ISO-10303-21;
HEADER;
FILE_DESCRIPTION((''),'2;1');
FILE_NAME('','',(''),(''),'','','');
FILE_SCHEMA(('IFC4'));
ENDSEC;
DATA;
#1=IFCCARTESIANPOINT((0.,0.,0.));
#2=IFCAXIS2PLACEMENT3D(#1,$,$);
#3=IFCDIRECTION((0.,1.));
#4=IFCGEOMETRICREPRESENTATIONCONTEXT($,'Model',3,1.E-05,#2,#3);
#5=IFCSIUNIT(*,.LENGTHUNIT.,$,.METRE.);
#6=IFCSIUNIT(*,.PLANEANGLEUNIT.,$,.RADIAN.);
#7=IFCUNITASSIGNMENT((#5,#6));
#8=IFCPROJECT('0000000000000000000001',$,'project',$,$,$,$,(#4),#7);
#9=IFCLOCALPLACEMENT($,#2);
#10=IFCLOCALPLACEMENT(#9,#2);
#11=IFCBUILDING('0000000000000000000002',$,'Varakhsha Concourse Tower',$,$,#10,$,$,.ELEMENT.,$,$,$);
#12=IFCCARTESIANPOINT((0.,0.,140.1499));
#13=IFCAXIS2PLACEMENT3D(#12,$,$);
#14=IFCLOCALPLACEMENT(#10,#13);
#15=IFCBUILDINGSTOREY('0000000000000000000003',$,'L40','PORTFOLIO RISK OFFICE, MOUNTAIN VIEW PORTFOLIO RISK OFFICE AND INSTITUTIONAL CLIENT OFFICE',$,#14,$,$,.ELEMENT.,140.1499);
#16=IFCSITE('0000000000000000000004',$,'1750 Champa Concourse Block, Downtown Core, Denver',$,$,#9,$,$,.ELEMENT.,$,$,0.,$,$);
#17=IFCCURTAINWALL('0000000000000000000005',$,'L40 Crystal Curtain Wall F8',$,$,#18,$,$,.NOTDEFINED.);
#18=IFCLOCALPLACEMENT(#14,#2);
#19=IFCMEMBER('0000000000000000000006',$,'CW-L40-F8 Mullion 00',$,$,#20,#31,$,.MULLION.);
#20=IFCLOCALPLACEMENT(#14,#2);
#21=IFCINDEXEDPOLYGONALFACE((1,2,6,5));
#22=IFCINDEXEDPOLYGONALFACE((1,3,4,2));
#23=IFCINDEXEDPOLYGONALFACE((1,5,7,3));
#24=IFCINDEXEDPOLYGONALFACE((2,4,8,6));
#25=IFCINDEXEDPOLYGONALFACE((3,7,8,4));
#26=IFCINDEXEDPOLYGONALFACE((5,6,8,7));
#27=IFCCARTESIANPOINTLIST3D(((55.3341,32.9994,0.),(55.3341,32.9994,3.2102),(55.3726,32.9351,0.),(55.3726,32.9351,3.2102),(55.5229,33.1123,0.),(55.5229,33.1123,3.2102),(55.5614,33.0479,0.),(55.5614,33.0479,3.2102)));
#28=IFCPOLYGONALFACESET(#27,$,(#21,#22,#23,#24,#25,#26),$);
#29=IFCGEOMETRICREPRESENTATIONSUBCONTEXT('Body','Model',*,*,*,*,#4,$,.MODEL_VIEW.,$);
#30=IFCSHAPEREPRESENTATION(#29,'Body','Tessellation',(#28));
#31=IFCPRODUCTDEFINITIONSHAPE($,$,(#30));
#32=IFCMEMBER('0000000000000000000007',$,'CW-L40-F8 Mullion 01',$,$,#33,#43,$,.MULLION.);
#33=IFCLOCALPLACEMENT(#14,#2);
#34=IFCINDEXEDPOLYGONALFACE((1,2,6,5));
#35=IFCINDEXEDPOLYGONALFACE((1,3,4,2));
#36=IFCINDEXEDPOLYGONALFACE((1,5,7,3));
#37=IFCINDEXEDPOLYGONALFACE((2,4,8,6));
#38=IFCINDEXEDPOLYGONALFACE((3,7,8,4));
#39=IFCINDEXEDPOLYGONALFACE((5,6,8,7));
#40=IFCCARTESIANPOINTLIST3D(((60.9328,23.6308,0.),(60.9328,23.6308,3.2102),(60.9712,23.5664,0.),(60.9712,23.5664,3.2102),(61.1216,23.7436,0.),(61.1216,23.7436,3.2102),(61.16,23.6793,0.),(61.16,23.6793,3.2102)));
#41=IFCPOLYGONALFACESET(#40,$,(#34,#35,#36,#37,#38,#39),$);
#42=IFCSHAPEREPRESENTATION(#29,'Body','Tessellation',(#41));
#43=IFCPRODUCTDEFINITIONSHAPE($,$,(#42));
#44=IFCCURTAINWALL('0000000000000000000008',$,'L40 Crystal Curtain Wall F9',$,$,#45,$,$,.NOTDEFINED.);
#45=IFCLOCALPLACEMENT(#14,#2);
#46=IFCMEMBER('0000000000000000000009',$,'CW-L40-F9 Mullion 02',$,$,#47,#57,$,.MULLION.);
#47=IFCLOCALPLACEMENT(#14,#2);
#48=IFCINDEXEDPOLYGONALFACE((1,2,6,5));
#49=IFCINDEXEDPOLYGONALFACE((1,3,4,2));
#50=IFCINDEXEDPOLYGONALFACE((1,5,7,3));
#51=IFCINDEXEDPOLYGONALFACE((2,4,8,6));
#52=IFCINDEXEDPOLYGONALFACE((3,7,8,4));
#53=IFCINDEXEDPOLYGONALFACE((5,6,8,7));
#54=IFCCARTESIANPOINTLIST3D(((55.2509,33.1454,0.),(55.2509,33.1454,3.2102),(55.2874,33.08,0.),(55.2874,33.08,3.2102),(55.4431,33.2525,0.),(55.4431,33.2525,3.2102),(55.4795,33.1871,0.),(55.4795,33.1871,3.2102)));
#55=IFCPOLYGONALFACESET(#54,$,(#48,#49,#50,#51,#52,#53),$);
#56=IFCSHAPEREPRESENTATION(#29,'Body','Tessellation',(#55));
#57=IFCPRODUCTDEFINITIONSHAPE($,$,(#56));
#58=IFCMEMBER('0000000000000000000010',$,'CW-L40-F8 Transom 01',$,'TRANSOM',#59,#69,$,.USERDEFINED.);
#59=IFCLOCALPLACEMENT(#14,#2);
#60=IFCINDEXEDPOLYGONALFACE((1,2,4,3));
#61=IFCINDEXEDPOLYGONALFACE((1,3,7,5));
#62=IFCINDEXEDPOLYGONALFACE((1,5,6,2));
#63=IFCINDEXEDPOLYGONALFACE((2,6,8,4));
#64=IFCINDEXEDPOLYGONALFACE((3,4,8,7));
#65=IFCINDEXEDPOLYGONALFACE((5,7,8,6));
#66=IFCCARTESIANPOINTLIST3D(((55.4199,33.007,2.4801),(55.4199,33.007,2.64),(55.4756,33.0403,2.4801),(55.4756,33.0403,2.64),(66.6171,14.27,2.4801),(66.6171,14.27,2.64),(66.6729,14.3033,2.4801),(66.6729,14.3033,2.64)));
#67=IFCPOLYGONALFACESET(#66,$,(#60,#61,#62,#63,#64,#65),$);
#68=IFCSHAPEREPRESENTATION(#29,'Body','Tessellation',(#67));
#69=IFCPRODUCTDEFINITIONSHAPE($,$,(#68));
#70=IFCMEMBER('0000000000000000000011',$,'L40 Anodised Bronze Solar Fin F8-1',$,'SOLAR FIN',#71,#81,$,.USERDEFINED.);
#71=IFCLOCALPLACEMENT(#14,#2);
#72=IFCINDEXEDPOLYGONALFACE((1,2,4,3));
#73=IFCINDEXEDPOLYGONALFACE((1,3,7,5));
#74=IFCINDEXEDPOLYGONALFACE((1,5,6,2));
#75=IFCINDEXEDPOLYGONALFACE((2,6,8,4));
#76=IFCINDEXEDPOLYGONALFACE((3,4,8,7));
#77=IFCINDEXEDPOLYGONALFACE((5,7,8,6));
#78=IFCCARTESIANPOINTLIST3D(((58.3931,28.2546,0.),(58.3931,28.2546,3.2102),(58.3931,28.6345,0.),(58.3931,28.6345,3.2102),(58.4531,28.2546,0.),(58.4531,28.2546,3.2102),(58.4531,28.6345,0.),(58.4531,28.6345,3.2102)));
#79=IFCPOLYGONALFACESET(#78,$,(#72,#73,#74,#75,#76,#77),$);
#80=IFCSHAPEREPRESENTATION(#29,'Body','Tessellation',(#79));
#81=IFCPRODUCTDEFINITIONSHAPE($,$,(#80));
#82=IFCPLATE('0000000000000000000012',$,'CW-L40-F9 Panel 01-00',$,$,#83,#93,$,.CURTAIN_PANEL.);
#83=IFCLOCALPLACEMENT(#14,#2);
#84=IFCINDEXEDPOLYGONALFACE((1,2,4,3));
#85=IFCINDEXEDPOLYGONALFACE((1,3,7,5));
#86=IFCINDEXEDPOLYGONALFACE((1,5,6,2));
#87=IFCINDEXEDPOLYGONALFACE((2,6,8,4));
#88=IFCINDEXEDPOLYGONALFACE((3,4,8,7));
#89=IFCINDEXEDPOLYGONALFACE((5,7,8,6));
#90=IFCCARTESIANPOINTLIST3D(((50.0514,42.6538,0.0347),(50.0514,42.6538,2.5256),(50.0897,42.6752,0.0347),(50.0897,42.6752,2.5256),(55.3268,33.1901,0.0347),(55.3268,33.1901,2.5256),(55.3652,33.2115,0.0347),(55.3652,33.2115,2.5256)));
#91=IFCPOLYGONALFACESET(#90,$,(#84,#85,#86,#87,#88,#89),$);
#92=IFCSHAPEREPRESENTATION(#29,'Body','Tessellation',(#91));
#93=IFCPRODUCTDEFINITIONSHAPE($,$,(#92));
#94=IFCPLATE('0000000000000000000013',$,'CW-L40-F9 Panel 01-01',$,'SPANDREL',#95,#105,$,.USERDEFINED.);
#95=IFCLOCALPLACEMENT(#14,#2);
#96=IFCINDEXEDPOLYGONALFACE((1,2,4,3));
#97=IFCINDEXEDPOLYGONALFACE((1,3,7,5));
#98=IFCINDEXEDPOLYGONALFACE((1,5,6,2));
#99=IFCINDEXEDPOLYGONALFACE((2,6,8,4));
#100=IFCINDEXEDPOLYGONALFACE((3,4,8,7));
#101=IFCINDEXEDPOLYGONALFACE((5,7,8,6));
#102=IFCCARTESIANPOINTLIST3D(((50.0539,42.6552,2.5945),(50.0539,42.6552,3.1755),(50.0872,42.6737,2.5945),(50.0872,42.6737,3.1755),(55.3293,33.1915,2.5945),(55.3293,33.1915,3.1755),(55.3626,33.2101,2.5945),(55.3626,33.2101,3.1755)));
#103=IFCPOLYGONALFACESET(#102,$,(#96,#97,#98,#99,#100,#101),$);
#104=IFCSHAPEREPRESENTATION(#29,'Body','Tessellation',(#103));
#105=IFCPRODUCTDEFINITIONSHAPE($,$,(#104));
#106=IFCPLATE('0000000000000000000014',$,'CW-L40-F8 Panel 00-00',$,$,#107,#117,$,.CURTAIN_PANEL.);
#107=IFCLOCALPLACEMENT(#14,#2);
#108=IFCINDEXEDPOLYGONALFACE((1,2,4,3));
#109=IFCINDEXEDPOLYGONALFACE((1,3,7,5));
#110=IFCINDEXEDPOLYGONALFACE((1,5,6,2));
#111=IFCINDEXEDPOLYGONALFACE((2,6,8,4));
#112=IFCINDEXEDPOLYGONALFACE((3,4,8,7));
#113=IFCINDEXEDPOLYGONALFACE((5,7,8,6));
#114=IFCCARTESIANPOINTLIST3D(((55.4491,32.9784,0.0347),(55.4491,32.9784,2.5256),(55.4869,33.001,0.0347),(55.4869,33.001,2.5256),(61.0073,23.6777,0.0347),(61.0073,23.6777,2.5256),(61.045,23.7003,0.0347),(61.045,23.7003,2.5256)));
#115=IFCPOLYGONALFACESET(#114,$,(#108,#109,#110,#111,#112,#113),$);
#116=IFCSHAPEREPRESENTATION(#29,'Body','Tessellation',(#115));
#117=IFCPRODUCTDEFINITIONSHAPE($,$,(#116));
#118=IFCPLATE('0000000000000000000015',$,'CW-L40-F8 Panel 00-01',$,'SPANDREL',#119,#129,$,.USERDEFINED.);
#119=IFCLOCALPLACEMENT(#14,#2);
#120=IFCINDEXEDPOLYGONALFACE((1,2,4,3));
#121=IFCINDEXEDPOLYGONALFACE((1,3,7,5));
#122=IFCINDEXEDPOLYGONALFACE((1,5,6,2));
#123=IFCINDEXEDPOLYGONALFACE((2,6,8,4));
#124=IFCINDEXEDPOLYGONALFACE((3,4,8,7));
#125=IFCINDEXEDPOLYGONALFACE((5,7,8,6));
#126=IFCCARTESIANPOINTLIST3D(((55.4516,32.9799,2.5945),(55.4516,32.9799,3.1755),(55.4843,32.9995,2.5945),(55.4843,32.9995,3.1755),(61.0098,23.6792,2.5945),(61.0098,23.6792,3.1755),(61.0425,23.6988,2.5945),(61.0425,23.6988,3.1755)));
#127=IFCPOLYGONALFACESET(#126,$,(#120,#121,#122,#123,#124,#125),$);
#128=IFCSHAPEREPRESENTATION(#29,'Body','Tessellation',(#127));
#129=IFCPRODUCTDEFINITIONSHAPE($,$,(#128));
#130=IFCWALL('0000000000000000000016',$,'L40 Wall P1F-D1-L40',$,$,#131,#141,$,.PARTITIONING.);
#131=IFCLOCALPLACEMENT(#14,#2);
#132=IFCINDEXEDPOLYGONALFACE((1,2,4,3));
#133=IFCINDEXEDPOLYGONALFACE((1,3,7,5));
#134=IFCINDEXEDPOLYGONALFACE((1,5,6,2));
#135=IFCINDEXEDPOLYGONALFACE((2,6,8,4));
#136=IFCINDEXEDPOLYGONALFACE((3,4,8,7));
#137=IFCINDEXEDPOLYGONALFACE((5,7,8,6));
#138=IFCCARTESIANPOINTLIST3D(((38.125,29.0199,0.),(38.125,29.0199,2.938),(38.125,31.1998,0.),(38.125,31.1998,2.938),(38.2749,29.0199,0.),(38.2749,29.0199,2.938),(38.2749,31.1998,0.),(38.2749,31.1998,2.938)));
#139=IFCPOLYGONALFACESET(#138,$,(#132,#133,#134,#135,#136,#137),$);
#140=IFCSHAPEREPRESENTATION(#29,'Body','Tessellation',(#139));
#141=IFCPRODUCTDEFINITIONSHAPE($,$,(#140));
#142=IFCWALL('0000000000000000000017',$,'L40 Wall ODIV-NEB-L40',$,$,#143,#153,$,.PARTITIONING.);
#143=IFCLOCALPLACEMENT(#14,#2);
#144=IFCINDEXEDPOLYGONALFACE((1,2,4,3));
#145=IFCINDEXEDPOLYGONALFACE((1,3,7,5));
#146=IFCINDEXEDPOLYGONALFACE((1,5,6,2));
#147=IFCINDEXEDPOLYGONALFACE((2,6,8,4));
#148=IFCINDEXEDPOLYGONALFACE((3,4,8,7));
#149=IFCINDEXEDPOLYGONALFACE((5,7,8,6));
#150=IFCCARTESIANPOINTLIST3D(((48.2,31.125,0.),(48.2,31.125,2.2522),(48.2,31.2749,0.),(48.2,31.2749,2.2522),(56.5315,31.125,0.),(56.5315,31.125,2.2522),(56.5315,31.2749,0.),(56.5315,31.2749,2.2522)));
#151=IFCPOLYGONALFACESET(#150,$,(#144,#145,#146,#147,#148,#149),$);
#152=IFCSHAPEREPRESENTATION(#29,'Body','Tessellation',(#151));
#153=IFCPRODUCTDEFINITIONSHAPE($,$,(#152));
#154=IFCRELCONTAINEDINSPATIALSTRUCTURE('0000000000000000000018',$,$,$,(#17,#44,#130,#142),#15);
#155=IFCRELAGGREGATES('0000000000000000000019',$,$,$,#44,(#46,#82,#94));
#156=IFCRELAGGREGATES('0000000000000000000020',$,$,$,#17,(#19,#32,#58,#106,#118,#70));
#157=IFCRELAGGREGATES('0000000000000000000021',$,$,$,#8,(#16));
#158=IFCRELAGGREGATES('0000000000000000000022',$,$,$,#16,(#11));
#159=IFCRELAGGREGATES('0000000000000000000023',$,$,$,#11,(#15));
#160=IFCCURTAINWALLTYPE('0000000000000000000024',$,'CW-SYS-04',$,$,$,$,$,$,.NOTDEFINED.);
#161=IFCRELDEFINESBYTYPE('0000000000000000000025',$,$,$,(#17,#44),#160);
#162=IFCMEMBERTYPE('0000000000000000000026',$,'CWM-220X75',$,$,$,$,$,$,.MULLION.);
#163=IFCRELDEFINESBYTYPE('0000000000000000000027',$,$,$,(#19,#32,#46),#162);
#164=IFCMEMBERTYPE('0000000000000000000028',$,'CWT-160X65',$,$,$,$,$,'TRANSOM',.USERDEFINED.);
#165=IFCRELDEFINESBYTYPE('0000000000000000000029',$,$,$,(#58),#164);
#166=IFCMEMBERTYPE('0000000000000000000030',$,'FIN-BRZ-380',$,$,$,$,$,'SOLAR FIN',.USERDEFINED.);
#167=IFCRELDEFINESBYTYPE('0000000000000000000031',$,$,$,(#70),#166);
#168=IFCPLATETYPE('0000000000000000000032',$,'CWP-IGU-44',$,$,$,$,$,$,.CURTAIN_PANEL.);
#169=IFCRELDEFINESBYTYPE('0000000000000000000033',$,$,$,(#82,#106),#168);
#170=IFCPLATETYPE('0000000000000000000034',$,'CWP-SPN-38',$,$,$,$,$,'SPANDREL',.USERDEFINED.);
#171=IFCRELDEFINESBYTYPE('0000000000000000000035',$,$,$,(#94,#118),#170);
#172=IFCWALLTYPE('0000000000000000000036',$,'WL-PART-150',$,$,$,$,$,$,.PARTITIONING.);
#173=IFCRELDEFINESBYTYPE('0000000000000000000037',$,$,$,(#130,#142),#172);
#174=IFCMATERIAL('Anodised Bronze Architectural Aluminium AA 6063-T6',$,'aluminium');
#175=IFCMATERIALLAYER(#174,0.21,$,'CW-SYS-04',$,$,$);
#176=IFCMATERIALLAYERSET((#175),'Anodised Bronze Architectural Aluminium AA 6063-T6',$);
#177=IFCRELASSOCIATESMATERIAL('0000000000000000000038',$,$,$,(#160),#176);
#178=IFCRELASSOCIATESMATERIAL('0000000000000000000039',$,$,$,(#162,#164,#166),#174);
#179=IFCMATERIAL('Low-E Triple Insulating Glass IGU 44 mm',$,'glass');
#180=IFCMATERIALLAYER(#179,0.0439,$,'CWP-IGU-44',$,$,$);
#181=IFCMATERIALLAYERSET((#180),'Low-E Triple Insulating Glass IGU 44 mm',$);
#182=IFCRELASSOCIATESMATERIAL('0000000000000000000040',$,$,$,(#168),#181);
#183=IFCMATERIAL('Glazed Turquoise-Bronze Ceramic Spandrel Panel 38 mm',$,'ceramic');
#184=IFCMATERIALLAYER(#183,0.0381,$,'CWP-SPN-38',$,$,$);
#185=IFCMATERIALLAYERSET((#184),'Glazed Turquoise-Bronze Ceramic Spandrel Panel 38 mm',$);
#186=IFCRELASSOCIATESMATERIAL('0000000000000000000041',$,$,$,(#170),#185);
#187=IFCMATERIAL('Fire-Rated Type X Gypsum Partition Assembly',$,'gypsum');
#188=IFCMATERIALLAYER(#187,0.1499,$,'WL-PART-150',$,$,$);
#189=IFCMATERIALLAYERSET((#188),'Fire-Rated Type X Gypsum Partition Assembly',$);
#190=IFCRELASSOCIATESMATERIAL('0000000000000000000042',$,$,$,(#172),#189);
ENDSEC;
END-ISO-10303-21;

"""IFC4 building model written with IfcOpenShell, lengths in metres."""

from ifc_helpers import new_model, si_unit, direction, frame, frame_2d, origin, origin_2d, place, context, subcontext, project, spatial, rectangle, extrude, source, transform, mapped, material, layer, layer_set, material_profile, profile_set, type_object, type_shapes, element, aggregate, save


model = new_model("IFC4")

# Units and contexts
model_context = context("Model", 3, precision=1e-05, world=origin(), true_north=direction((0.0, 1.0)))
body_context = subcontext(model_context, "Body", "Model", "MODEL_VIEW")
ifc_project = project(units=[si_unit("LENGTHUNIT", "METRE"), si_unit("PLANEANGLEUNIT", "RADIAN")], contexts=[model_context])

# Site, building, storey
site_placement = place(None, origin())
site = spatial("IfcSite", under=ifc_project, at=site_placement, Name="1750 Champa Concourse Block, Downtown Core, Denver", CompositionType="ELEMENT", RefElevation=0.0)
building_placement = place(site_placement, origin())
building = spatial("IfcBuilding", under=site, at=building_placement, Name="Varakhsha Concourse Tower", CompositionType="ELEMENT")
storey_placement = place(building_placement, frame((0.0, 0.0, 140.1499)))
storey = spatial("IfcBuildingStorey", under=building, at=storey_placement, Name="L40", Description="PORTFOLIO RISK OFFICE, MOUNTAIN VIEW PORTFOLIO RISK OFFICE AND INSTITUTIONAL CLIENT OFFICE", CompositionType="ELEMENT", Elevation=140.1499)

# Curtain wall, members
ifc_material_1 = material(Name="Anodised Bronze Architectural Aluminium AA 6063-T6", Category="aluminium")
ifc_layer_1 = layer(ifc_material_1, 0.21, Name="CW-SYS-04")
ifc_layer_set_1 = layer_set([ifc_layer_1], Name="Anodised Bronze Architectural Aluminium AA 6063-T6")
curtain_wall_type = type_object("IfcCurtainWallType", Name="CW-SYS-04", PredefinedType="NOTDEFINED", material=ifc_layer_set_1)
curtain_wall_1_placement = place(storey_placement, origin())
curtain_wall_1 = element("IfcCurtainWall", 1, at=curtain_wall_1_placement, inside=storey, type_object=curtain_wall_type, Name="L40 Crystal Curtain Wall F8", PredefinedType="NOTDEFINED")
ifc_material_profile_1 = material_profile(ifc_material_1, rectangle(XDim=0.075, YDim=0.22, at=origin_2d()), Name="CWM-220X75")
ifc_profile_set_1 = profile_set([ifc_material_profile_1], Name="Anodised Bronze Architectural Aluminium AA 6063-T6")
member_type_1 = type_object("IfcMemberType", Name="CWM-220X75", PredefinedType="MULLION", material=ifc_profile_set_1)
shared_shape_1 = source(origin(), body_context, "Body", "SweptSolid", [
    extrude(rectangle(XDim=0.075, YDim=0.22, at=origin_2d()), origin(), (0.0, 0.0, 1.0), 3.2102),
])
type_shapes(member_type_1, [shared_shape_1])
member_1_placement = place(storey_placement, frame((55.4478, 33.0237, 0.0), z_axis=(0.0, 0.0, 1.0), x_axis=(0.512984, -0.858398, 0.0)))
member_1 = element("IfcMember", 2, at=member_1_placement, type_object=member_type_1, Name="CW-L40-F8 Mullion 00", PredefinedType="MULLION", context=body_context, shape_type="MappedRepresentation", body=[
    mapped(shared_shape_1, transform((0.0, 0.0, 0.0), scale=1.0)),
])
member_2_placement = place(storey_placement, frame((61.0464, 23.655, 0.0), z_axis=(0.0, 0.0, 1.0), x_axis=(0.512984, -0.858398, 0.0)))
member_2 = element("IfcMember", 3, at=member_2_placement, type_object=member_type_1, Name="CW-L40-F8 Mullion 01", PredefinedType="MULLION", context=body_context, shape_type="MappedRepresentation", body=[
    mapped(shared_shape_1, transform((0.0, 0.0, 0.0), scale=1.0)),
])

# Curtain wall, member
curtain_wall_2_placement = place(storey_placement, origin())
curtain_wall_2 = element("IfcCurtainWall", 4, at=curtain_wall_2_placement, inside=storey, type_object=curtain_wall_type, Name="L40 Crystal Curtain Wall F9", PredefinedType="NOTDEFINED")
member_3_placement = place(storey_placement, frame((55.3652, 33.1663, 0.0), z_axis=(0.0, 0.0, 1.0), x_axis=(0.4869, -0.873458, 0.0)))
member_3 = element("IfcMember", 5, at=member_3_placement, type_object=member_type_1, Name="CW-L40-F9 Mullion 02", PredefinedType="MULLION", context=body_context, shape_type="MappedRepresentation", body=[
    mapped(shared_shape_1, transform((0.0, 0.0, 0.0), scale=1.0)),
])

# Members
ifc_material_profile_2 = material_profile(ifc_material_1, rectangle(XDim=0.0649, YDim=0.1599, at=origin_2d()), Name="CWT-160X65")
ifc_profile_set_2 = profile_set([ifc_material_profile_2], Name="Anodised Bronze Architectural Aluminium AA 6063-T6")
member_type_2 = type_object("IfcMemberType", Name="CWT-160X65", ElementType="TRANSOM", PredefinedType="USERDEFINED", material=ifc_profile_set_2)
shared_shape_2 = source(origin(), body_context, "Body", "SweptSolid", [
    extrude(rectangle(XDim=0.0649, YDim=0.1599, at=origin_2d()), origin(), (0.0, 0.0, 1.0), 21.8279),
])
type_shapes(member_type_2, [shared_shape_2])
member_4_placement = place(storey_placement, frame((55.4478, 33.0237, 2.5601), z_axis=(0.51298, -0.858401, 0.0), x_axis=(0.858401, 0.51298, 0.0)))
member_4 = element("IfcMember", 6, at=member_4_placement, type_object=member_type_2, Name="CW-L40-F8 Transom 01", ObjectType="TRANSOM", PredefinedType="USERDEFINED", context=body_context, shape_type="MappedRepresentation", body=[
    mapped(shared_shape_2, transform((0.0, 0.0, 0.0), scale=1.0)),
])
ifc_material_profile_3 = material_profile(ifc_material_1, rectangle(XDim=0.0601, YDim=0.3799, at=origin_2d()), Name="FIN-BRZ-380")
ifc_profile_set_3 = profile_set([ifc_material_profile_3], Name="Anodised Bronze Architectural Aluminium AA 6063-T6")
member_type_3 = type_object("IfcMemberType", Name="FIN-BRZ-380", ElementType="SOLAR FIN", PredefinedType="USERDEFINED", material=ifc_profile_set_3)
shared_shape_3 = source(origin(), body_context, "Body", "SweptSolid", [
    extrude(rectangle(XDim=0.0601, YDim=0.3799, at=origin_2d()), origin(), (0.0, 0.0, 1.0), 3.2102),
])
type_shapes(member_type_3, [shared_shape_3])
member_5_placement = place(storey_placement, frame((58.4231, 28.4446, 0.0), z_axis=(0.0, 0.0, 1.0), x_axis=(1.0, 0.0, 0.0)))
member_5 = element("IfcMember", 7, at=member_5_placement, type_object=member_type_3, Name="L40 Anodised Bronze Solar Fin F8-1", ObjectType="SOLAR FIN", PredefinedType="USERDEFINED", context=body_context, shape_type="MappedRepresentation", body=[
    mapped(shared_shape_3, transform((0.0, 0.0, 0.0), scale=1.0)),
])

# Plates
ifc_material_2 = material(Name="Low-E Triple Insulating Glass IGU 44 mm", Category="glass")
ifc_layer_2 = layer(ifc_material_2, 0.0439, Name="CWP-IGU-44")
ifc_layer_set_2 = layer_set([ifc_layer_2], Name="Low-E Triple Insulating Glass IGU 44 mm")
plate_type_1 = type_object("IfcPlateType", Name="CWP-IGU-44", PredefinedType="CURTAIN_PANEL", material=ifc_layer_set_2)
shared_shape_4 = source(origin(), body_context, "Body", "SweptSolid", [
    extrude(rectangle(XDim=10.8347, YDim=0.0439, at=origin_2d()), origin(), (0.0, 0.0, 1.0), 2.491),
])
plate_1_placement = place(storey_placement, frame((52.7083, 37.9326, 0.0347), z_axis=(0.0, 0.0, 1.0), x_axis=(0.4869, -0.873458, 0.0)))
plate_1 = element("IfcPlate", 8, at=plate_1_placement, type_object=plate_type_1, Name="CW-L40-F9 Panel 01-00", PredefinedType="CURTAIN_PANEL", context=body_context, shape_type="MappedRepresentation", body=[
    mapped(shared_shape_4, transform((0.0, 0.0, 0.0), scale=1.0)),
])
ifc_material_3 = material(Name="Glazed Turquoise-Bronze Ceramic Spandrel Panel 38 mm", Category="ceramic")
ifc_layer_3 = layer(ifc_material_3, 0.0381, Name="CWP-SPN-38")
ifc_layer_set_3 = layer_set([ifc_layer_3], Name="Glazed Turquoise-Bronze Ceramic Spandrel Panel 38 mm")
plate_type_2 = type_object("IfcPlateType", Name="CWP-SPN-38", ElementType="SPANDREL", PredefinedType="USERDEFINED", material=ifc_layer_set_3)
shared_shape_5 = source(origin(), body_context, "Body", "SweptSolid", [
    extrude(rectangle(XDim=10.8347, YDim=0.0381, at=origin_2d()), origin(), (0.0, 0.0, 1.0), 0.5811),
])
plate_2_placement = place(storey_placement, frame((52.7083, 37.9326, 2.5945), z_axis=(0.0, 0.0, 1.0), x_axis=(0.4869, -0.873458, 0.0)))
plate_2 = element("IfcPlate", 9, at=plate_2_placement, type_object=plate_type_2, Name="CW-L40-F9 Panel 01-01", ObjectType="SPANDREL", PredefinedType="USERDEFINED", context=body_context, shape_type="MappedRepresentation", body=[
    mapped(shared_shape_5, transform((0.0, 0.0, 0.0), scale=1.0)),
])
aggregate(curtain_wall_2, [member_3, plate_1, plate_2])
shared_shape_6 = source(origin(), body_context, "Body", "SweptSolid", [
    extrude(rectangle(XDim=10.835, YDim=0.0439, at=origin_2d()), origin(), (0.0, 0.0, 1.0), 2.491),
])
type_shapes(plate_type_1, [shared_shape_4, shared_shape_6])
plate_3_placement = place(storey_placement, frame((58.2471, 28.3394, 0.0347), z_axis=(0.0, 0.0, 1.0), x_axis=(0.512984, -0.858398, 0.0)))
plate_3 = element("IfcPlate", 10, at=plate_3_placement, type_object=plate_type_1, Name="CW-L40-F8 Panel 00-00", PredefinedType="CURTAIN_PANEL", context=body_context, shape_type="MappedRepresentation", body=[
    mapped(shared_shape_6, transform((0.0, 0.0, 0.0), scale=1.0)),
])
shared_shape_7 = source(origin(), body_context, "Body", "SweptSolid", [
    extrude(rectangle(XDim=10.835, YDim=0.0381, at=origin_2d()), origin(), (0.0, 0.0, 1.0), 0.5811),
])
type_shapes(plate_type_2, [shared_shape_5, shared_shape_7])
plate_4_placement = place(storey_placement, frame((58.2471, 28.3394, 2.5945), z_axis=(0.0, 0.0, 1.0), x_axis=(0.512984, -0.858398, 0.0)))
plate_4 = element("IfcPlate", 11, at=plate_4_placement, type_object=plate_type_2, Name="CW-L40-F8 Panel 00-01", ObjectType="SPANDREL", PredefinedType="USERDEFINED", context=body_context, shape_type="MappedRepresentation", body=[
    mapped(shared_shape_7, transform((0.0, 0.0, 0.0), scale=1.0)),
])
aggregate(curtain_wall_1, [member_1, member_2, member_4, plate_3, plate_4, member_5])

# Walls
ifc_material_4 = material(Name="Fire-Rated Type X Gypsum Partition Assembly", Category="gypsum")
ifc_layer_4 = layer(ifc_material_4, 0.1499, Name="WL-PART-150")
ifc_layer_set_4 = layer_set([ifc_layer_4], Name="Fire-Rated Type X Gypsum Partition Assembly")
wall_type_1 = type_object("IfcWallType", Name="WL-PART-150", PredefinedType="PARTITIONING", material=ifc_layer_set_4)
wall_1_placement = place(storey_placement, frame((38.2, 29.02, 0.0), z_axis=(0.0, 0.0, 1.0), x_axis=(0.0, 1.0, 0.0)))
element("IfcWall", 12, at=wall_1_placement, inside=storey, type_object=wall_type_1, Name="L40 Wall P1F-D1-L40", PredefinedType="PARTITIONING", context=body_context, shape_type="SweptSolid", body=[
    extrude(rectangle(XDim=2.1799, YDim=0.1499, at=frame_2d((1.0898, 0.0))), origin(), (0.0, 0.0, 1.0), 2.938),
])
wall_2_placement = place(storey_placement, frame((48.2, 31.2, 0.0), z_axis=(0.0, 0.0, 1.0), x_axis=(1.0, 0.0, 0.0)))
element("IfcWall", 13, at=wall_2_placement, inside=storey, type_object=wall_type_1, Name="L40 Wall ODIV-NEB-L40", PredefinedType="PARTITIONING", context=body_context, shape_type="SweptSolid", body=[
    extrude(rectangle(XDim=8.3315, YDim=0.1499, at=frame_2d((4.1658, 0.0))), origin(), (0.0, 0.0, 1.0), 2.2522),
])

save(model, "model.ifc")
